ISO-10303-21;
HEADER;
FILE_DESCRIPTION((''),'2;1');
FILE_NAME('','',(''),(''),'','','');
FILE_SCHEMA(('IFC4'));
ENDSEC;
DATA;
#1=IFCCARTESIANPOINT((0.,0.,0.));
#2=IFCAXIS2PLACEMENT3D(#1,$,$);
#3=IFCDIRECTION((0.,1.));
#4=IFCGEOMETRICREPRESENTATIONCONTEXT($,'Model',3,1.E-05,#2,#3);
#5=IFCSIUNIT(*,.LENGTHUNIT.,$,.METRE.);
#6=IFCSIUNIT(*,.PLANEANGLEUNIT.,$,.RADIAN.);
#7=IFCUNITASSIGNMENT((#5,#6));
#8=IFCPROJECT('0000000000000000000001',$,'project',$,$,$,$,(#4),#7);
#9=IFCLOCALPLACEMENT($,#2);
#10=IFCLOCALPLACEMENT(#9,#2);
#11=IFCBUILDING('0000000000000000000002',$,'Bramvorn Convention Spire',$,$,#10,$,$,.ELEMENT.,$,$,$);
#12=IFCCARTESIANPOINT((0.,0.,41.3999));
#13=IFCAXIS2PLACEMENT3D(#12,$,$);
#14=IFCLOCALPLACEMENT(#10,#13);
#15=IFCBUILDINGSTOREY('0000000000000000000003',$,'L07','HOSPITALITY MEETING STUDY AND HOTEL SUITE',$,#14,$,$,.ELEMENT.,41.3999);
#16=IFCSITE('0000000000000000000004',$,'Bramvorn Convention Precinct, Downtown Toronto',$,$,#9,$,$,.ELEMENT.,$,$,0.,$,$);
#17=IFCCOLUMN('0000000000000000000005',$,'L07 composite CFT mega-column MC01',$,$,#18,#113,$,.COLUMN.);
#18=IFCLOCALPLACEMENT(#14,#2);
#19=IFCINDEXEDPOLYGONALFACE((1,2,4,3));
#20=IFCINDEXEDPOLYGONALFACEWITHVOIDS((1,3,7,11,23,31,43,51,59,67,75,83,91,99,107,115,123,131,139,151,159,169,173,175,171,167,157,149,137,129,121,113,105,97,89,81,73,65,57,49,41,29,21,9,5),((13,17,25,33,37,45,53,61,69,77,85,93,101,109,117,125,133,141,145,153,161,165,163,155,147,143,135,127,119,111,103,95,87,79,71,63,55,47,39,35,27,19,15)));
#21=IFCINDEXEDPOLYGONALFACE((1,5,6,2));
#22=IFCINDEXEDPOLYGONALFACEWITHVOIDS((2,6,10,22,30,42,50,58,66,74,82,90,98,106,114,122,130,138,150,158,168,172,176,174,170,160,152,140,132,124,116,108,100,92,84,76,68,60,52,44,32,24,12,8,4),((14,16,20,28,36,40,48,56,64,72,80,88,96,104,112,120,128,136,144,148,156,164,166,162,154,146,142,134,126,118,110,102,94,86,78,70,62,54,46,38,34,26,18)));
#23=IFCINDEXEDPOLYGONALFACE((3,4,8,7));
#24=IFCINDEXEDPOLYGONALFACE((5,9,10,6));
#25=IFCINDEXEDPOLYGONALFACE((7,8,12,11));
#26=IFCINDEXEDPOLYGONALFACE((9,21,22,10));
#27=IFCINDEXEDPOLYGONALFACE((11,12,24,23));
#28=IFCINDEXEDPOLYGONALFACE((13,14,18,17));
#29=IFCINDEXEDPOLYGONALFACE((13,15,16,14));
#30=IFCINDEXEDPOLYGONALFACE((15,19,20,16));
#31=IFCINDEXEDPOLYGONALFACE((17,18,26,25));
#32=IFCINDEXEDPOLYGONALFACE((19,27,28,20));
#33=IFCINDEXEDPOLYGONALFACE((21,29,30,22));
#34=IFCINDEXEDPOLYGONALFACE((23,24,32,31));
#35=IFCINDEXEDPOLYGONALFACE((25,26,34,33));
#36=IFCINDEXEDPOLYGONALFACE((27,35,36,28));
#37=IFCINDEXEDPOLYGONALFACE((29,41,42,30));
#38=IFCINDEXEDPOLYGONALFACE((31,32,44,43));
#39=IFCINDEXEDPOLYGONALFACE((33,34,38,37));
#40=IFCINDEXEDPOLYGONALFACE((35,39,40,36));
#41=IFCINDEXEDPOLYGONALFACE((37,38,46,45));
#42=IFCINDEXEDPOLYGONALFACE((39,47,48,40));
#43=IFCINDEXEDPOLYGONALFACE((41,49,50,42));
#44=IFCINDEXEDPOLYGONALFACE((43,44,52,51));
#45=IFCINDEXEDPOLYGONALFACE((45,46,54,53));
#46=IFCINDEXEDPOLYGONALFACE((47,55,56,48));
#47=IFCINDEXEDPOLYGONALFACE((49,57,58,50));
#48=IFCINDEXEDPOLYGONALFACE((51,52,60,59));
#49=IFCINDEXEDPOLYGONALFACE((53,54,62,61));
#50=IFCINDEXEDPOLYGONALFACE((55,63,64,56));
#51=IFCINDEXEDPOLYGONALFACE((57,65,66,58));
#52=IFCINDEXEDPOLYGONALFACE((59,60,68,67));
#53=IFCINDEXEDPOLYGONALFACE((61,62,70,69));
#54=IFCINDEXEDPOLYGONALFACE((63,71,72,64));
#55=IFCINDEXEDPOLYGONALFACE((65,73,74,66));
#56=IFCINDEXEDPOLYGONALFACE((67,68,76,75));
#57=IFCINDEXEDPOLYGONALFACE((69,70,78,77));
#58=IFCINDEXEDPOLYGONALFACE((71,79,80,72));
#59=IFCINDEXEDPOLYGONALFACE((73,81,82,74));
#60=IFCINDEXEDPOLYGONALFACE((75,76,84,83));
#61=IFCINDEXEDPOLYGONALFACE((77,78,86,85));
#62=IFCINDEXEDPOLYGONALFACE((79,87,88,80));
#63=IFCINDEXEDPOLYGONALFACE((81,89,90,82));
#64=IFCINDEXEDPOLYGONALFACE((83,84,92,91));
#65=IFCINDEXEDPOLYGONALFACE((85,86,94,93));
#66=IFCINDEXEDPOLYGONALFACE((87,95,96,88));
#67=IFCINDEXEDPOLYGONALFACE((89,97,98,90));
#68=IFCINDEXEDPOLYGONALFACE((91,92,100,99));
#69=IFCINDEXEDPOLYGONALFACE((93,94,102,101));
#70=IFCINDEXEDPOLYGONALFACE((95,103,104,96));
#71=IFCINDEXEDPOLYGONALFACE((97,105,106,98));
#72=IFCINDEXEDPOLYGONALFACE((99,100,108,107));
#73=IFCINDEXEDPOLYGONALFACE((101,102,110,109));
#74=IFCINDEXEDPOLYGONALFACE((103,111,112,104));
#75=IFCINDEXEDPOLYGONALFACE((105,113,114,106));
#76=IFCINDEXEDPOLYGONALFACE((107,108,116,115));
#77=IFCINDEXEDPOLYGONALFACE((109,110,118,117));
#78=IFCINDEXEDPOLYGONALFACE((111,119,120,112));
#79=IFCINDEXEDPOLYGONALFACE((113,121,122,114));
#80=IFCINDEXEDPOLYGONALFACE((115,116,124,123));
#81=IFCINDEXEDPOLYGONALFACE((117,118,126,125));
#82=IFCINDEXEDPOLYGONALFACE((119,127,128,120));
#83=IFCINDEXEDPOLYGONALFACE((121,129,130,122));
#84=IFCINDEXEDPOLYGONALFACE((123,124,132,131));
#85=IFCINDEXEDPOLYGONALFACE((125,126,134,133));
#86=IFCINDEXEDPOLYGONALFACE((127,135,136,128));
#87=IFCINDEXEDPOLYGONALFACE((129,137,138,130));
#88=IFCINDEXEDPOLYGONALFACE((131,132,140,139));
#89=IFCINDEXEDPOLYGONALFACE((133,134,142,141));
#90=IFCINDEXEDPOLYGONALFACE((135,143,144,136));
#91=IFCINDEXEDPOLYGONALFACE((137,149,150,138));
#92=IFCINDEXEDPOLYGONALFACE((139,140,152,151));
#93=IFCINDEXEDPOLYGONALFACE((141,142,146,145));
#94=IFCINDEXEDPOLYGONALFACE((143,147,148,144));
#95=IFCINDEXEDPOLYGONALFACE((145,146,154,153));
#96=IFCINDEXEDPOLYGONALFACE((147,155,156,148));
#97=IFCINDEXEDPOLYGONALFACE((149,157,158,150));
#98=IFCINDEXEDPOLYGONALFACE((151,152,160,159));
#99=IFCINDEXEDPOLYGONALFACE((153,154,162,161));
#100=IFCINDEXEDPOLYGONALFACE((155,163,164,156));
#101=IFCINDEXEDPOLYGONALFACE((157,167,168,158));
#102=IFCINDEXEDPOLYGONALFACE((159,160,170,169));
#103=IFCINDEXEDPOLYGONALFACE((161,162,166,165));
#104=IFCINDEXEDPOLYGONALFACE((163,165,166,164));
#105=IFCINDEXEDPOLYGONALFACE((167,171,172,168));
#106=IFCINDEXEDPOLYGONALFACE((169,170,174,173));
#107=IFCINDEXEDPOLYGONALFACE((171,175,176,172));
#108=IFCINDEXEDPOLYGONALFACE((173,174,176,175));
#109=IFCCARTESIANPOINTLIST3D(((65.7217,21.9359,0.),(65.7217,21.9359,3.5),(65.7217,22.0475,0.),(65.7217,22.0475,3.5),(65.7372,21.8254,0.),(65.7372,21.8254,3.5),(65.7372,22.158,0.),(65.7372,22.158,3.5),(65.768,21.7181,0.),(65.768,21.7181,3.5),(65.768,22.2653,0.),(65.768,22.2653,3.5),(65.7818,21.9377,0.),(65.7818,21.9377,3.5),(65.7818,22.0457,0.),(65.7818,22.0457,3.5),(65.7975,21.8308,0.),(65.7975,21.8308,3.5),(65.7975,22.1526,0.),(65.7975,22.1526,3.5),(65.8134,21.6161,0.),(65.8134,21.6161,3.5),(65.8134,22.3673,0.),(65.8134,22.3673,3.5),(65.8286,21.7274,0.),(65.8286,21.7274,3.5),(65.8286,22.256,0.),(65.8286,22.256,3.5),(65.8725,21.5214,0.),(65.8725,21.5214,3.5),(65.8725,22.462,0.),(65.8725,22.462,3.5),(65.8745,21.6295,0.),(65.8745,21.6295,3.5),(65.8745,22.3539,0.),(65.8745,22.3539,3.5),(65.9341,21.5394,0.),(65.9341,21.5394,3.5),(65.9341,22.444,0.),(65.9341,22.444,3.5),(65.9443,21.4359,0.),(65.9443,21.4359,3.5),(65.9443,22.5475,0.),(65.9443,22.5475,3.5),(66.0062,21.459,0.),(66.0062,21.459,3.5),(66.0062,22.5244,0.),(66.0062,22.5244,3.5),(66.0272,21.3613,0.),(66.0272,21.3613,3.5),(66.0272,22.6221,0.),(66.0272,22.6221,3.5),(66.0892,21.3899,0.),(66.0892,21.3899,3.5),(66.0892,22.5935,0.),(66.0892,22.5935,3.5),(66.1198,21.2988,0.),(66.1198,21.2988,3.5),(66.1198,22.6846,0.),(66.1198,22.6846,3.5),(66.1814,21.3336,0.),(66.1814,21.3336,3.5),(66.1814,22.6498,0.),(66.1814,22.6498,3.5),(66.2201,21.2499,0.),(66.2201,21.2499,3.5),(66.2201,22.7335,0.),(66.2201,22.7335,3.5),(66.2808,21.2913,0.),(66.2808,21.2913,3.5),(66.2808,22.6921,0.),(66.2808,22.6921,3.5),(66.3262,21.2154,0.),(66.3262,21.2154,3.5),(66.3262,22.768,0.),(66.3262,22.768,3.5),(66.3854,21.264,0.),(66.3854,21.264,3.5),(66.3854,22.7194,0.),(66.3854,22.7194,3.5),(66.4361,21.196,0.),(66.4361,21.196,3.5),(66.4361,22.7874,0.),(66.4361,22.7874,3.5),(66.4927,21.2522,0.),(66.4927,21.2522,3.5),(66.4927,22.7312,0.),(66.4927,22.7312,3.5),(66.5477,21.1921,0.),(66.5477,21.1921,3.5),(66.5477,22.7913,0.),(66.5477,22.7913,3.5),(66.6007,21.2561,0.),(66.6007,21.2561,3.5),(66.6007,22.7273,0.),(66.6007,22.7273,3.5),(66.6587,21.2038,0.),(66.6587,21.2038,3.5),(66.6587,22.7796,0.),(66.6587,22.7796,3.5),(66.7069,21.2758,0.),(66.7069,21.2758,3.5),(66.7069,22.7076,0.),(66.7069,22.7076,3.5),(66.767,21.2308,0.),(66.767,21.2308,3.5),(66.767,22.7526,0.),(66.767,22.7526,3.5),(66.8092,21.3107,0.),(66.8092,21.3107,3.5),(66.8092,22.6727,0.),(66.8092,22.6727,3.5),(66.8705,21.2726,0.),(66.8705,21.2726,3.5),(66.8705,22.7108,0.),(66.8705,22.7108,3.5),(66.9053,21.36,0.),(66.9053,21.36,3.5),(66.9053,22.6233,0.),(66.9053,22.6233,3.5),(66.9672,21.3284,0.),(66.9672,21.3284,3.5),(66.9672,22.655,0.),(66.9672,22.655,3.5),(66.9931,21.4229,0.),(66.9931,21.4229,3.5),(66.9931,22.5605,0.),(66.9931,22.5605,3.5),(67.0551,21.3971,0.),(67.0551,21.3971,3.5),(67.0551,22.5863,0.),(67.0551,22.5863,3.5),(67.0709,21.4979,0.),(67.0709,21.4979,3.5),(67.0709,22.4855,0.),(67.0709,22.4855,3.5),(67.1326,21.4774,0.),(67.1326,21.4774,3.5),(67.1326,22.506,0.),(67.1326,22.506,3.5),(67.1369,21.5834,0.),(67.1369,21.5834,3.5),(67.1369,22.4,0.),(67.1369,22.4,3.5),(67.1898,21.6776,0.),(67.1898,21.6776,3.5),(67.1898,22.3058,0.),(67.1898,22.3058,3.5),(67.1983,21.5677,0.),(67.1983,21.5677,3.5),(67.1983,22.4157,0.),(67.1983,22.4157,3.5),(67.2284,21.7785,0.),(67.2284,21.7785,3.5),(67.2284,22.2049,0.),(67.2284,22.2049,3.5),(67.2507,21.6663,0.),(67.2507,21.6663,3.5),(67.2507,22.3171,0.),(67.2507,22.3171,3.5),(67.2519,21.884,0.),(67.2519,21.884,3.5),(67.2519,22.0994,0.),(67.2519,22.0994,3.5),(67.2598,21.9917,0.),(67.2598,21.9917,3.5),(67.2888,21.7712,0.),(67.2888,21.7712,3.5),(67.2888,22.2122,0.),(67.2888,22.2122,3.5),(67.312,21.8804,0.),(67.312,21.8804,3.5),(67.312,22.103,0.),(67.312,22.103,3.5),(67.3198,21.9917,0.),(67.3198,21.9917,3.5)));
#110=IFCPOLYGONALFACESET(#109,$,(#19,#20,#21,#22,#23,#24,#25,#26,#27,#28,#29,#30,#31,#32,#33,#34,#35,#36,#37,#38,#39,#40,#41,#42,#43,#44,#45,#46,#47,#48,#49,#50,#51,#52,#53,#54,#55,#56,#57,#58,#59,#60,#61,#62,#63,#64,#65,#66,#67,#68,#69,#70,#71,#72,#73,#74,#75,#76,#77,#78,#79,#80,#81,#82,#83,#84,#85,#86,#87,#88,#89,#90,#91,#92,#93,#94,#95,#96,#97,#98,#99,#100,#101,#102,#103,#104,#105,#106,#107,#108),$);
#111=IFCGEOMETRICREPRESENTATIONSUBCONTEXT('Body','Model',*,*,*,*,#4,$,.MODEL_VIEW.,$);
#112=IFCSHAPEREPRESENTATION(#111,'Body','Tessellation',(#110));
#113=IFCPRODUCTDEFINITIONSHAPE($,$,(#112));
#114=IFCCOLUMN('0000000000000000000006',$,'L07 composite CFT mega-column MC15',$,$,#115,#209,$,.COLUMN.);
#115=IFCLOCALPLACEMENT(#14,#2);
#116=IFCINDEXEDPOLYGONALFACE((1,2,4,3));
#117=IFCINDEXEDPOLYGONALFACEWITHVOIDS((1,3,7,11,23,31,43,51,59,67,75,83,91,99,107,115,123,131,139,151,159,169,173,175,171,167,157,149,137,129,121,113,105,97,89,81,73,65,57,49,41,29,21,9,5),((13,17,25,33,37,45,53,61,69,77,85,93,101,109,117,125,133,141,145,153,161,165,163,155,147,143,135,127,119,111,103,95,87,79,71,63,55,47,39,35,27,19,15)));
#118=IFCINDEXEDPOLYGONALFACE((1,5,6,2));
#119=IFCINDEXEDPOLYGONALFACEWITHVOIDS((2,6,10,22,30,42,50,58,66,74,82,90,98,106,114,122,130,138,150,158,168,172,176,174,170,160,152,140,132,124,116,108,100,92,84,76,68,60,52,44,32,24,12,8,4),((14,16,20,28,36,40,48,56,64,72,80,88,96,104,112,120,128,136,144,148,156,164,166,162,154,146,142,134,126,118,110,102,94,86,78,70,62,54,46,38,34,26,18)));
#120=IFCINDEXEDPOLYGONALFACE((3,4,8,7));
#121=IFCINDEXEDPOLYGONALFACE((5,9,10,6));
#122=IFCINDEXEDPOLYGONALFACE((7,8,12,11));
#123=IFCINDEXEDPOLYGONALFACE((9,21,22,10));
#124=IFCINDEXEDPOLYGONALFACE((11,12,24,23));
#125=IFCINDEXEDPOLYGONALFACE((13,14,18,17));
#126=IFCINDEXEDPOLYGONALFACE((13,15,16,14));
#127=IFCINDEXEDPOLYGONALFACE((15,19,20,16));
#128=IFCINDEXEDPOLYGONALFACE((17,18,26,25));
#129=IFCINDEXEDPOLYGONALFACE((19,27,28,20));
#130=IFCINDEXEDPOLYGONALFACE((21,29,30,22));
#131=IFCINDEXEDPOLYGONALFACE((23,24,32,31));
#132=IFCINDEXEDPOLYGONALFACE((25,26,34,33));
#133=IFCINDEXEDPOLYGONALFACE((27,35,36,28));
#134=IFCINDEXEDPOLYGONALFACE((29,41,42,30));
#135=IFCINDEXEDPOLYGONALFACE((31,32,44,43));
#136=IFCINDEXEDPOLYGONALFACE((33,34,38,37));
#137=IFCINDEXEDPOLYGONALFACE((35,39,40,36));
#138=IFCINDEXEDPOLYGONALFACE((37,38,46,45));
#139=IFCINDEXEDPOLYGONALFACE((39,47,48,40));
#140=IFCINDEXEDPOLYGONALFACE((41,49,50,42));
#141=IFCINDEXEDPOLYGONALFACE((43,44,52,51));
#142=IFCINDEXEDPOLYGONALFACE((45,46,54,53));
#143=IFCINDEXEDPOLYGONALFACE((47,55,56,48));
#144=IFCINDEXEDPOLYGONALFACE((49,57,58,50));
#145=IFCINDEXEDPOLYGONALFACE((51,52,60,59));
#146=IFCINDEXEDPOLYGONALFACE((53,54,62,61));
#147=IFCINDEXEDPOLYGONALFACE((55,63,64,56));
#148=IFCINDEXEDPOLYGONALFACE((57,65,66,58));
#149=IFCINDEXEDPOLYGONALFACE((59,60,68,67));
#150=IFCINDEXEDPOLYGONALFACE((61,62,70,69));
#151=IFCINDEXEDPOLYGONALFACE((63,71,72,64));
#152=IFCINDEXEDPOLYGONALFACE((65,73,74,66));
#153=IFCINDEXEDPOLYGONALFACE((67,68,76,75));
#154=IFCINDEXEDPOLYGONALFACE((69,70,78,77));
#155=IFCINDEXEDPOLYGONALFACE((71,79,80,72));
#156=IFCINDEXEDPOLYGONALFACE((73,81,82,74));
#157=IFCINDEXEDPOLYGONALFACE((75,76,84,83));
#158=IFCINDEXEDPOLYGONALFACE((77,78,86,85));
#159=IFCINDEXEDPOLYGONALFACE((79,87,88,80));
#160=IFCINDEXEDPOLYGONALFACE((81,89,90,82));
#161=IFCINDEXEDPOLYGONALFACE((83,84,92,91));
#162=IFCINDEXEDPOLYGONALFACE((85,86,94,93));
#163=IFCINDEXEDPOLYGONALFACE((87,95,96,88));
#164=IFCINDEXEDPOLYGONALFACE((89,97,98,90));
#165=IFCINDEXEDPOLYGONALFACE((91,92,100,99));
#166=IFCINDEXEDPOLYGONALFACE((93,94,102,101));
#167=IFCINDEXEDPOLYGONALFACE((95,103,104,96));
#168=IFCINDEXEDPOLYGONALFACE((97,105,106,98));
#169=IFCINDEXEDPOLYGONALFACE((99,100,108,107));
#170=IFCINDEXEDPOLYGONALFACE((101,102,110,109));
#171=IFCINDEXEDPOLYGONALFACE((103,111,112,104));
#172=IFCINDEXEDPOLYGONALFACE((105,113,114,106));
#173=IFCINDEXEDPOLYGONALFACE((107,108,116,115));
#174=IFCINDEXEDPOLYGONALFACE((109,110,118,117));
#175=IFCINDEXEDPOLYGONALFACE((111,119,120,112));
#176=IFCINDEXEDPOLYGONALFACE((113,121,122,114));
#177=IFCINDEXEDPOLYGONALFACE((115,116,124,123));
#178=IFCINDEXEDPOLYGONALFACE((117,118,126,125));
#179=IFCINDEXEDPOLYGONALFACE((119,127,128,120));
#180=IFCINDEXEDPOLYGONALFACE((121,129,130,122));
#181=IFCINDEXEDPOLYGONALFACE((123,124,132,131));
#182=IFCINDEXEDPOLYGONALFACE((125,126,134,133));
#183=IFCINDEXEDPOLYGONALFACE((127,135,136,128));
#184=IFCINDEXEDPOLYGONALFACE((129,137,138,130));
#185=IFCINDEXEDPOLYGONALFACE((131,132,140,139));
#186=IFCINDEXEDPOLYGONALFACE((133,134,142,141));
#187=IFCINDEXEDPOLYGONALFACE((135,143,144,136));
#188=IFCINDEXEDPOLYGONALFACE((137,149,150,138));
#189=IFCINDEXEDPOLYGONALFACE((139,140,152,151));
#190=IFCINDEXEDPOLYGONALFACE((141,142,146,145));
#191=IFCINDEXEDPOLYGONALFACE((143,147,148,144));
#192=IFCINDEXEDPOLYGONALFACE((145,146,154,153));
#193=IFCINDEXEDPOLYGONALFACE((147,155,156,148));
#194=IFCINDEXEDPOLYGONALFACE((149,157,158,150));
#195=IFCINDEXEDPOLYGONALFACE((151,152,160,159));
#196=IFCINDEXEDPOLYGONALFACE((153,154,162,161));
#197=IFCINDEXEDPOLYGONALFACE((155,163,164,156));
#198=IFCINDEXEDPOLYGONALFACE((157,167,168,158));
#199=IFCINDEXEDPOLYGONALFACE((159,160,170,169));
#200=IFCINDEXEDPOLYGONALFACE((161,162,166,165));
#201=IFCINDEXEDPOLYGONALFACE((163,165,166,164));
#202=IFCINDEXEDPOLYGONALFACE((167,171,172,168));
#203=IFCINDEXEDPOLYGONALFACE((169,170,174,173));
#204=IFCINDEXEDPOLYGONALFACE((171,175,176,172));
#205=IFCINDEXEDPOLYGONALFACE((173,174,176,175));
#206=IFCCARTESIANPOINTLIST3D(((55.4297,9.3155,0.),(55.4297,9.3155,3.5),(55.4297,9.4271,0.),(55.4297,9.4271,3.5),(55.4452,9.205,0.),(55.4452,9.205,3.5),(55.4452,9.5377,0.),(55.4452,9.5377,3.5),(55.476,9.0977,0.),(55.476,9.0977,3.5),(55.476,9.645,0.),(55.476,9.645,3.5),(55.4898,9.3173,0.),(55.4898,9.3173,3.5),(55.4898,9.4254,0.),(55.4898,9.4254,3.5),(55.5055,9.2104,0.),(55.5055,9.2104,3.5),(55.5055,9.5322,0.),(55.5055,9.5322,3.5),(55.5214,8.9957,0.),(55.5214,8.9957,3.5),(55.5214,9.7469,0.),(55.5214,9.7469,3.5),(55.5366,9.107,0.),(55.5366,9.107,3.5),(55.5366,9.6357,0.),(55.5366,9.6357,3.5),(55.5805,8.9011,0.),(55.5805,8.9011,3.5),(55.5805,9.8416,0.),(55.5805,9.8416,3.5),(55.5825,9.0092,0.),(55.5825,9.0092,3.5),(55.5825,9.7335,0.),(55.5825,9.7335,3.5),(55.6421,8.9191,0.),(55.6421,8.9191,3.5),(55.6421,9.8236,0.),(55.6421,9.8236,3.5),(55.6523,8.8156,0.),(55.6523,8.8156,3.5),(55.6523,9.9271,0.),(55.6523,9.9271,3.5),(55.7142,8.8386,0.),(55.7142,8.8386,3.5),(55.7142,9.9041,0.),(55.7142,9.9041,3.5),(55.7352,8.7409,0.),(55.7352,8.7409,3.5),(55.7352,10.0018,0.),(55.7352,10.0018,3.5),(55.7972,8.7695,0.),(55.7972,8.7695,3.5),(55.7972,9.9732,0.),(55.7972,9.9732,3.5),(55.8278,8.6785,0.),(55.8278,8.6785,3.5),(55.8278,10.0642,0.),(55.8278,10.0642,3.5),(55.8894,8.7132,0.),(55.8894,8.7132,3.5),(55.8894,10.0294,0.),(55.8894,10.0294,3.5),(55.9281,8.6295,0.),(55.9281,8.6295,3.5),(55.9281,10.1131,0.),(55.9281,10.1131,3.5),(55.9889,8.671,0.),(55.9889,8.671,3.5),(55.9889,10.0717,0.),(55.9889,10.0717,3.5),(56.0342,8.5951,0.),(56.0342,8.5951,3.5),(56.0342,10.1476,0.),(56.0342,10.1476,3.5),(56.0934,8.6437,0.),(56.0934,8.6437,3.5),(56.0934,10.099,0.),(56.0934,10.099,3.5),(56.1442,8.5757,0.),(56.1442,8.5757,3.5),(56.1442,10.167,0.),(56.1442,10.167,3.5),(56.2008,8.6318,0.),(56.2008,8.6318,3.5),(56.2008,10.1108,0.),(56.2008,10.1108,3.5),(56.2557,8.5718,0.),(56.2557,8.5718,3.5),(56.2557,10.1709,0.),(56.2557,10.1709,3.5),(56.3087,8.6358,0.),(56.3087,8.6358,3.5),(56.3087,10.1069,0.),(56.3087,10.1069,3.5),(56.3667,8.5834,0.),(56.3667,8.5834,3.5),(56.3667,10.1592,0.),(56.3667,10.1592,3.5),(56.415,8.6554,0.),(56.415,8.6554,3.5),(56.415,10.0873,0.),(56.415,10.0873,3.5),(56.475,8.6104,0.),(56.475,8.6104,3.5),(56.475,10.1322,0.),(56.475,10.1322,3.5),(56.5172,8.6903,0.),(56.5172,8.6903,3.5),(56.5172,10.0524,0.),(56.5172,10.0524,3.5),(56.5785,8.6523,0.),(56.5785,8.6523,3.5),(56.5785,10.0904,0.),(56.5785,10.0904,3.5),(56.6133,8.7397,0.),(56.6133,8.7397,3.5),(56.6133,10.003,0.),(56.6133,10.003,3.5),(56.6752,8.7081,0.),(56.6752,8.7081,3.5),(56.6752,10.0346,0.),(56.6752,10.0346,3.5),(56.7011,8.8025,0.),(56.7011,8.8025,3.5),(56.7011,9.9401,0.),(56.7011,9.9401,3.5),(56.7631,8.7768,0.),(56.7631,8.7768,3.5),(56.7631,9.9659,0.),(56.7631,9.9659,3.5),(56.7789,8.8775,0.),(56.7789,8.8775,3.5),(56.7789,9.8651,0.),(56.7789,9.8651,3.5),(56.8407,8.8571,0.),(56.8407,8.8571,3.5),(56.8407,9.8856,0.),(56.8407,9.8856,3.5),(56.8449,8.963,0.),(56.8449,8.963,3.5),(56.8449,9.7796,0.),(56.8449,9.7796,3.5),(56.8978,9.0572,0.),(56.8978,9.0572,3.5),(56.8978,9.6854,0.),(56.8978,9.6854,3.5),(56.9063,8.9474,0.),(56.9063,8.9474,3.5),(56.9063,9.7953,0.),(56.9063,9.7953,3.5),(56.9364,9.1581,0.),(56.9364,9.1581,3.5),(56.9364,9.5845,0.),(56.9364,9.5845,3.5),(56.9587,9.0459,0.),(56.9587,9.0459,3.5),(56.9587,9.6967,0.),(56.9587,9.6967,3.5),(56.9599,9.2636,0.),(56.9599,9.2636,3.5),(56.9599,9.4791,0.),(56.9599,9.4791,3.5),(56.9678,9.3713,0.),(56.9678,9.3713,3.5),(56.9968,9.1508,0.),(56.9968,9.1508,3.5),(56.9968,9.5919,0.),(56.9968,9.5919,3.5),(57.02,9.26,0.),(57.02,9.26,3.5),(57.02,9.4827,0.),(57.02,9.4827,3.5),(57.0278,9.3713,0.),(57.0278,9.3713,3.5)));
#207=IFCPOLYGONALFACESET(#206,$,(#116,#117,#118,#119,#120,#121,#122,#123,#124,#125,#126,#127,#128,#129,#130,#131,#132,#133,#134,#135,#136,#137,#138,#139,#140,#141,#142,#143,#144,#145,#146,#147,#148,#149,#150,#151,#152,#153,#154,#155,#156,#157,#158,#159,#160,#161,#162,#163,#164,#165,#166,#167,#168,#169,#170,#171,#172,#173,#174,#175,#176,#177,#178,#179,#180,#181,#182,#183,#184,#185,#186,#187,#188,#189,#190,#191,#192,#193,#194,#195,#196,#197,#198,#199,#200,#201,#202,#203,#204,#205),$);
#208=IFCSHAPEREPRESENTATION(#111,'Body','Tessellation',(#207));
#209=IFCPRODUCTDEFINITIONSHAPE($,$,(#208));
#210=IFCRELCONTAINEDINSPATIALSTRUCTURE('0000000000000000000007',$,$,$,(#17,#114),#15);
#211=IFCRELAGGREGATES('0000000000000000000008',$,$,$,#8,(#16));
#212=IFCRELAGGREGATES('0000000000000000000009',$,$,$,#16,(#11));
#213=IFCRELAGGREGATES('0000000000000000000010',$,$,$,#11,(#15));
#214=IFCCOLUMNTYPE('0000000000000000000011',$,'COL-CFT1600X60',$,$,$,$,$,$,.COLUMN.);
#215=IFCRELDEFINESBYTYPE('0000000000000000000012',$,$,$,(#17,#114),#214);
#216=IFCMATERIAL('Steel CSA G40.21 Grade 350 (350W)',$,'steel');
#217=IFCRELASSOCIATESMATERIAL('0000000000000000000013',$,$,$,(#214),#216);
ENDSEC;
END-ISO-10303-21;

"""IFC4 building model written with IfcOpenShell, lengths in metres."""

from ifc_helpers import new_model, si_unit, direction, frame, origin, origin_2d, place, context, subcontext, project, spatial, hollow_circle, extrude, material, material_profile, profile_set, type_object, element, save


model = new_model("IFC4")

# Units and contexts
model_context = context("Model", 3, precision=1e-05, world=origin(), true_north=direction((0.0, 1.0)))
body_context = subcontext(model_context, "Body", "Model", "MODEL_VIEW")
ifc_project = project(units=[si_unit("LENGTHUNIT", "METRE"), si_unit("PLANEANGLEUNIT", "RADIAN")], contexts=[model_context])

# Site, building, storey
site_placement = place(None, origin())
site = spatial("IfcSite", under=ifc_project, at=site_placement, Name="Bramvorn Convention Precinct, Downtown Toronto", CompositionType="ELEMENT", RefElevation=0.0)
building_placement = place(site_placement, origin())
building = spatial("IfcBuilding", under=site, at=building_placement, Name="Bramvorn Convention Spire", CompositionType="ELEMENT")
storey_placement = place(building_placement, frame((0.0, 0.0, 41.3999)))
storey = spatial("IfcBuildingStorey", under=building, at=storey_placement, Name="L07", Description="HOSPITALITY MEETING STUDY AND HOTEL SUITE", CompositionType="ELEMENT", Elevation=41.3999)

# Columns
ifc_material_1 = material(Name="Steel CSA G40.21 Grade 350 (350W)", Category="steel")
ifc_material_profile_1 = material_profile(ifc_material_1, hollow_circle(Radius=0.8, WallThickness=0.0601, at=origin_2d()))
ifc_profile_set_1 = profile_set([ifc_material_profile_1], Name="Steel CSA G40.21 Grade 350 (350W) - CFT1600X60")
column_type = type_object("IfcColumnType", Name="COL-CFT1600X60", PredefinedType="COLUMN", material=ifc_profile_set_1)
for number, where, z_axis, x_axis, name in (
    (1, (66.5198, 21.9917, 0.0), (0.0, 0.0, 1.0), (1.0, 0.0, 0.0), "L07 composite CFT mega-column MC01"),
    (2, (56.2278, 9.3713, 0.0), (0.0, 0.0, 1.0), (1.0, 0.0, 0.0), "L07 composite CFT mega-column MC15"),
):
    element("IfcColumn", number, at=place(storey_placement, frame(where, z_axis=z_axis, x_axis=x_axis)), inside=storey, type_object=column_type, Name=name, PredefinedType="COLUMN", context=body_context, shape_type="SweptSolid", body=[
        extrude(hollow_circle(Radius=0.8, WallThickness=0.0601, at=origin_2d()), origin(), (0.0, 0.0, 1.0), 3.5),
    ])

save(model, "model.ifc")
